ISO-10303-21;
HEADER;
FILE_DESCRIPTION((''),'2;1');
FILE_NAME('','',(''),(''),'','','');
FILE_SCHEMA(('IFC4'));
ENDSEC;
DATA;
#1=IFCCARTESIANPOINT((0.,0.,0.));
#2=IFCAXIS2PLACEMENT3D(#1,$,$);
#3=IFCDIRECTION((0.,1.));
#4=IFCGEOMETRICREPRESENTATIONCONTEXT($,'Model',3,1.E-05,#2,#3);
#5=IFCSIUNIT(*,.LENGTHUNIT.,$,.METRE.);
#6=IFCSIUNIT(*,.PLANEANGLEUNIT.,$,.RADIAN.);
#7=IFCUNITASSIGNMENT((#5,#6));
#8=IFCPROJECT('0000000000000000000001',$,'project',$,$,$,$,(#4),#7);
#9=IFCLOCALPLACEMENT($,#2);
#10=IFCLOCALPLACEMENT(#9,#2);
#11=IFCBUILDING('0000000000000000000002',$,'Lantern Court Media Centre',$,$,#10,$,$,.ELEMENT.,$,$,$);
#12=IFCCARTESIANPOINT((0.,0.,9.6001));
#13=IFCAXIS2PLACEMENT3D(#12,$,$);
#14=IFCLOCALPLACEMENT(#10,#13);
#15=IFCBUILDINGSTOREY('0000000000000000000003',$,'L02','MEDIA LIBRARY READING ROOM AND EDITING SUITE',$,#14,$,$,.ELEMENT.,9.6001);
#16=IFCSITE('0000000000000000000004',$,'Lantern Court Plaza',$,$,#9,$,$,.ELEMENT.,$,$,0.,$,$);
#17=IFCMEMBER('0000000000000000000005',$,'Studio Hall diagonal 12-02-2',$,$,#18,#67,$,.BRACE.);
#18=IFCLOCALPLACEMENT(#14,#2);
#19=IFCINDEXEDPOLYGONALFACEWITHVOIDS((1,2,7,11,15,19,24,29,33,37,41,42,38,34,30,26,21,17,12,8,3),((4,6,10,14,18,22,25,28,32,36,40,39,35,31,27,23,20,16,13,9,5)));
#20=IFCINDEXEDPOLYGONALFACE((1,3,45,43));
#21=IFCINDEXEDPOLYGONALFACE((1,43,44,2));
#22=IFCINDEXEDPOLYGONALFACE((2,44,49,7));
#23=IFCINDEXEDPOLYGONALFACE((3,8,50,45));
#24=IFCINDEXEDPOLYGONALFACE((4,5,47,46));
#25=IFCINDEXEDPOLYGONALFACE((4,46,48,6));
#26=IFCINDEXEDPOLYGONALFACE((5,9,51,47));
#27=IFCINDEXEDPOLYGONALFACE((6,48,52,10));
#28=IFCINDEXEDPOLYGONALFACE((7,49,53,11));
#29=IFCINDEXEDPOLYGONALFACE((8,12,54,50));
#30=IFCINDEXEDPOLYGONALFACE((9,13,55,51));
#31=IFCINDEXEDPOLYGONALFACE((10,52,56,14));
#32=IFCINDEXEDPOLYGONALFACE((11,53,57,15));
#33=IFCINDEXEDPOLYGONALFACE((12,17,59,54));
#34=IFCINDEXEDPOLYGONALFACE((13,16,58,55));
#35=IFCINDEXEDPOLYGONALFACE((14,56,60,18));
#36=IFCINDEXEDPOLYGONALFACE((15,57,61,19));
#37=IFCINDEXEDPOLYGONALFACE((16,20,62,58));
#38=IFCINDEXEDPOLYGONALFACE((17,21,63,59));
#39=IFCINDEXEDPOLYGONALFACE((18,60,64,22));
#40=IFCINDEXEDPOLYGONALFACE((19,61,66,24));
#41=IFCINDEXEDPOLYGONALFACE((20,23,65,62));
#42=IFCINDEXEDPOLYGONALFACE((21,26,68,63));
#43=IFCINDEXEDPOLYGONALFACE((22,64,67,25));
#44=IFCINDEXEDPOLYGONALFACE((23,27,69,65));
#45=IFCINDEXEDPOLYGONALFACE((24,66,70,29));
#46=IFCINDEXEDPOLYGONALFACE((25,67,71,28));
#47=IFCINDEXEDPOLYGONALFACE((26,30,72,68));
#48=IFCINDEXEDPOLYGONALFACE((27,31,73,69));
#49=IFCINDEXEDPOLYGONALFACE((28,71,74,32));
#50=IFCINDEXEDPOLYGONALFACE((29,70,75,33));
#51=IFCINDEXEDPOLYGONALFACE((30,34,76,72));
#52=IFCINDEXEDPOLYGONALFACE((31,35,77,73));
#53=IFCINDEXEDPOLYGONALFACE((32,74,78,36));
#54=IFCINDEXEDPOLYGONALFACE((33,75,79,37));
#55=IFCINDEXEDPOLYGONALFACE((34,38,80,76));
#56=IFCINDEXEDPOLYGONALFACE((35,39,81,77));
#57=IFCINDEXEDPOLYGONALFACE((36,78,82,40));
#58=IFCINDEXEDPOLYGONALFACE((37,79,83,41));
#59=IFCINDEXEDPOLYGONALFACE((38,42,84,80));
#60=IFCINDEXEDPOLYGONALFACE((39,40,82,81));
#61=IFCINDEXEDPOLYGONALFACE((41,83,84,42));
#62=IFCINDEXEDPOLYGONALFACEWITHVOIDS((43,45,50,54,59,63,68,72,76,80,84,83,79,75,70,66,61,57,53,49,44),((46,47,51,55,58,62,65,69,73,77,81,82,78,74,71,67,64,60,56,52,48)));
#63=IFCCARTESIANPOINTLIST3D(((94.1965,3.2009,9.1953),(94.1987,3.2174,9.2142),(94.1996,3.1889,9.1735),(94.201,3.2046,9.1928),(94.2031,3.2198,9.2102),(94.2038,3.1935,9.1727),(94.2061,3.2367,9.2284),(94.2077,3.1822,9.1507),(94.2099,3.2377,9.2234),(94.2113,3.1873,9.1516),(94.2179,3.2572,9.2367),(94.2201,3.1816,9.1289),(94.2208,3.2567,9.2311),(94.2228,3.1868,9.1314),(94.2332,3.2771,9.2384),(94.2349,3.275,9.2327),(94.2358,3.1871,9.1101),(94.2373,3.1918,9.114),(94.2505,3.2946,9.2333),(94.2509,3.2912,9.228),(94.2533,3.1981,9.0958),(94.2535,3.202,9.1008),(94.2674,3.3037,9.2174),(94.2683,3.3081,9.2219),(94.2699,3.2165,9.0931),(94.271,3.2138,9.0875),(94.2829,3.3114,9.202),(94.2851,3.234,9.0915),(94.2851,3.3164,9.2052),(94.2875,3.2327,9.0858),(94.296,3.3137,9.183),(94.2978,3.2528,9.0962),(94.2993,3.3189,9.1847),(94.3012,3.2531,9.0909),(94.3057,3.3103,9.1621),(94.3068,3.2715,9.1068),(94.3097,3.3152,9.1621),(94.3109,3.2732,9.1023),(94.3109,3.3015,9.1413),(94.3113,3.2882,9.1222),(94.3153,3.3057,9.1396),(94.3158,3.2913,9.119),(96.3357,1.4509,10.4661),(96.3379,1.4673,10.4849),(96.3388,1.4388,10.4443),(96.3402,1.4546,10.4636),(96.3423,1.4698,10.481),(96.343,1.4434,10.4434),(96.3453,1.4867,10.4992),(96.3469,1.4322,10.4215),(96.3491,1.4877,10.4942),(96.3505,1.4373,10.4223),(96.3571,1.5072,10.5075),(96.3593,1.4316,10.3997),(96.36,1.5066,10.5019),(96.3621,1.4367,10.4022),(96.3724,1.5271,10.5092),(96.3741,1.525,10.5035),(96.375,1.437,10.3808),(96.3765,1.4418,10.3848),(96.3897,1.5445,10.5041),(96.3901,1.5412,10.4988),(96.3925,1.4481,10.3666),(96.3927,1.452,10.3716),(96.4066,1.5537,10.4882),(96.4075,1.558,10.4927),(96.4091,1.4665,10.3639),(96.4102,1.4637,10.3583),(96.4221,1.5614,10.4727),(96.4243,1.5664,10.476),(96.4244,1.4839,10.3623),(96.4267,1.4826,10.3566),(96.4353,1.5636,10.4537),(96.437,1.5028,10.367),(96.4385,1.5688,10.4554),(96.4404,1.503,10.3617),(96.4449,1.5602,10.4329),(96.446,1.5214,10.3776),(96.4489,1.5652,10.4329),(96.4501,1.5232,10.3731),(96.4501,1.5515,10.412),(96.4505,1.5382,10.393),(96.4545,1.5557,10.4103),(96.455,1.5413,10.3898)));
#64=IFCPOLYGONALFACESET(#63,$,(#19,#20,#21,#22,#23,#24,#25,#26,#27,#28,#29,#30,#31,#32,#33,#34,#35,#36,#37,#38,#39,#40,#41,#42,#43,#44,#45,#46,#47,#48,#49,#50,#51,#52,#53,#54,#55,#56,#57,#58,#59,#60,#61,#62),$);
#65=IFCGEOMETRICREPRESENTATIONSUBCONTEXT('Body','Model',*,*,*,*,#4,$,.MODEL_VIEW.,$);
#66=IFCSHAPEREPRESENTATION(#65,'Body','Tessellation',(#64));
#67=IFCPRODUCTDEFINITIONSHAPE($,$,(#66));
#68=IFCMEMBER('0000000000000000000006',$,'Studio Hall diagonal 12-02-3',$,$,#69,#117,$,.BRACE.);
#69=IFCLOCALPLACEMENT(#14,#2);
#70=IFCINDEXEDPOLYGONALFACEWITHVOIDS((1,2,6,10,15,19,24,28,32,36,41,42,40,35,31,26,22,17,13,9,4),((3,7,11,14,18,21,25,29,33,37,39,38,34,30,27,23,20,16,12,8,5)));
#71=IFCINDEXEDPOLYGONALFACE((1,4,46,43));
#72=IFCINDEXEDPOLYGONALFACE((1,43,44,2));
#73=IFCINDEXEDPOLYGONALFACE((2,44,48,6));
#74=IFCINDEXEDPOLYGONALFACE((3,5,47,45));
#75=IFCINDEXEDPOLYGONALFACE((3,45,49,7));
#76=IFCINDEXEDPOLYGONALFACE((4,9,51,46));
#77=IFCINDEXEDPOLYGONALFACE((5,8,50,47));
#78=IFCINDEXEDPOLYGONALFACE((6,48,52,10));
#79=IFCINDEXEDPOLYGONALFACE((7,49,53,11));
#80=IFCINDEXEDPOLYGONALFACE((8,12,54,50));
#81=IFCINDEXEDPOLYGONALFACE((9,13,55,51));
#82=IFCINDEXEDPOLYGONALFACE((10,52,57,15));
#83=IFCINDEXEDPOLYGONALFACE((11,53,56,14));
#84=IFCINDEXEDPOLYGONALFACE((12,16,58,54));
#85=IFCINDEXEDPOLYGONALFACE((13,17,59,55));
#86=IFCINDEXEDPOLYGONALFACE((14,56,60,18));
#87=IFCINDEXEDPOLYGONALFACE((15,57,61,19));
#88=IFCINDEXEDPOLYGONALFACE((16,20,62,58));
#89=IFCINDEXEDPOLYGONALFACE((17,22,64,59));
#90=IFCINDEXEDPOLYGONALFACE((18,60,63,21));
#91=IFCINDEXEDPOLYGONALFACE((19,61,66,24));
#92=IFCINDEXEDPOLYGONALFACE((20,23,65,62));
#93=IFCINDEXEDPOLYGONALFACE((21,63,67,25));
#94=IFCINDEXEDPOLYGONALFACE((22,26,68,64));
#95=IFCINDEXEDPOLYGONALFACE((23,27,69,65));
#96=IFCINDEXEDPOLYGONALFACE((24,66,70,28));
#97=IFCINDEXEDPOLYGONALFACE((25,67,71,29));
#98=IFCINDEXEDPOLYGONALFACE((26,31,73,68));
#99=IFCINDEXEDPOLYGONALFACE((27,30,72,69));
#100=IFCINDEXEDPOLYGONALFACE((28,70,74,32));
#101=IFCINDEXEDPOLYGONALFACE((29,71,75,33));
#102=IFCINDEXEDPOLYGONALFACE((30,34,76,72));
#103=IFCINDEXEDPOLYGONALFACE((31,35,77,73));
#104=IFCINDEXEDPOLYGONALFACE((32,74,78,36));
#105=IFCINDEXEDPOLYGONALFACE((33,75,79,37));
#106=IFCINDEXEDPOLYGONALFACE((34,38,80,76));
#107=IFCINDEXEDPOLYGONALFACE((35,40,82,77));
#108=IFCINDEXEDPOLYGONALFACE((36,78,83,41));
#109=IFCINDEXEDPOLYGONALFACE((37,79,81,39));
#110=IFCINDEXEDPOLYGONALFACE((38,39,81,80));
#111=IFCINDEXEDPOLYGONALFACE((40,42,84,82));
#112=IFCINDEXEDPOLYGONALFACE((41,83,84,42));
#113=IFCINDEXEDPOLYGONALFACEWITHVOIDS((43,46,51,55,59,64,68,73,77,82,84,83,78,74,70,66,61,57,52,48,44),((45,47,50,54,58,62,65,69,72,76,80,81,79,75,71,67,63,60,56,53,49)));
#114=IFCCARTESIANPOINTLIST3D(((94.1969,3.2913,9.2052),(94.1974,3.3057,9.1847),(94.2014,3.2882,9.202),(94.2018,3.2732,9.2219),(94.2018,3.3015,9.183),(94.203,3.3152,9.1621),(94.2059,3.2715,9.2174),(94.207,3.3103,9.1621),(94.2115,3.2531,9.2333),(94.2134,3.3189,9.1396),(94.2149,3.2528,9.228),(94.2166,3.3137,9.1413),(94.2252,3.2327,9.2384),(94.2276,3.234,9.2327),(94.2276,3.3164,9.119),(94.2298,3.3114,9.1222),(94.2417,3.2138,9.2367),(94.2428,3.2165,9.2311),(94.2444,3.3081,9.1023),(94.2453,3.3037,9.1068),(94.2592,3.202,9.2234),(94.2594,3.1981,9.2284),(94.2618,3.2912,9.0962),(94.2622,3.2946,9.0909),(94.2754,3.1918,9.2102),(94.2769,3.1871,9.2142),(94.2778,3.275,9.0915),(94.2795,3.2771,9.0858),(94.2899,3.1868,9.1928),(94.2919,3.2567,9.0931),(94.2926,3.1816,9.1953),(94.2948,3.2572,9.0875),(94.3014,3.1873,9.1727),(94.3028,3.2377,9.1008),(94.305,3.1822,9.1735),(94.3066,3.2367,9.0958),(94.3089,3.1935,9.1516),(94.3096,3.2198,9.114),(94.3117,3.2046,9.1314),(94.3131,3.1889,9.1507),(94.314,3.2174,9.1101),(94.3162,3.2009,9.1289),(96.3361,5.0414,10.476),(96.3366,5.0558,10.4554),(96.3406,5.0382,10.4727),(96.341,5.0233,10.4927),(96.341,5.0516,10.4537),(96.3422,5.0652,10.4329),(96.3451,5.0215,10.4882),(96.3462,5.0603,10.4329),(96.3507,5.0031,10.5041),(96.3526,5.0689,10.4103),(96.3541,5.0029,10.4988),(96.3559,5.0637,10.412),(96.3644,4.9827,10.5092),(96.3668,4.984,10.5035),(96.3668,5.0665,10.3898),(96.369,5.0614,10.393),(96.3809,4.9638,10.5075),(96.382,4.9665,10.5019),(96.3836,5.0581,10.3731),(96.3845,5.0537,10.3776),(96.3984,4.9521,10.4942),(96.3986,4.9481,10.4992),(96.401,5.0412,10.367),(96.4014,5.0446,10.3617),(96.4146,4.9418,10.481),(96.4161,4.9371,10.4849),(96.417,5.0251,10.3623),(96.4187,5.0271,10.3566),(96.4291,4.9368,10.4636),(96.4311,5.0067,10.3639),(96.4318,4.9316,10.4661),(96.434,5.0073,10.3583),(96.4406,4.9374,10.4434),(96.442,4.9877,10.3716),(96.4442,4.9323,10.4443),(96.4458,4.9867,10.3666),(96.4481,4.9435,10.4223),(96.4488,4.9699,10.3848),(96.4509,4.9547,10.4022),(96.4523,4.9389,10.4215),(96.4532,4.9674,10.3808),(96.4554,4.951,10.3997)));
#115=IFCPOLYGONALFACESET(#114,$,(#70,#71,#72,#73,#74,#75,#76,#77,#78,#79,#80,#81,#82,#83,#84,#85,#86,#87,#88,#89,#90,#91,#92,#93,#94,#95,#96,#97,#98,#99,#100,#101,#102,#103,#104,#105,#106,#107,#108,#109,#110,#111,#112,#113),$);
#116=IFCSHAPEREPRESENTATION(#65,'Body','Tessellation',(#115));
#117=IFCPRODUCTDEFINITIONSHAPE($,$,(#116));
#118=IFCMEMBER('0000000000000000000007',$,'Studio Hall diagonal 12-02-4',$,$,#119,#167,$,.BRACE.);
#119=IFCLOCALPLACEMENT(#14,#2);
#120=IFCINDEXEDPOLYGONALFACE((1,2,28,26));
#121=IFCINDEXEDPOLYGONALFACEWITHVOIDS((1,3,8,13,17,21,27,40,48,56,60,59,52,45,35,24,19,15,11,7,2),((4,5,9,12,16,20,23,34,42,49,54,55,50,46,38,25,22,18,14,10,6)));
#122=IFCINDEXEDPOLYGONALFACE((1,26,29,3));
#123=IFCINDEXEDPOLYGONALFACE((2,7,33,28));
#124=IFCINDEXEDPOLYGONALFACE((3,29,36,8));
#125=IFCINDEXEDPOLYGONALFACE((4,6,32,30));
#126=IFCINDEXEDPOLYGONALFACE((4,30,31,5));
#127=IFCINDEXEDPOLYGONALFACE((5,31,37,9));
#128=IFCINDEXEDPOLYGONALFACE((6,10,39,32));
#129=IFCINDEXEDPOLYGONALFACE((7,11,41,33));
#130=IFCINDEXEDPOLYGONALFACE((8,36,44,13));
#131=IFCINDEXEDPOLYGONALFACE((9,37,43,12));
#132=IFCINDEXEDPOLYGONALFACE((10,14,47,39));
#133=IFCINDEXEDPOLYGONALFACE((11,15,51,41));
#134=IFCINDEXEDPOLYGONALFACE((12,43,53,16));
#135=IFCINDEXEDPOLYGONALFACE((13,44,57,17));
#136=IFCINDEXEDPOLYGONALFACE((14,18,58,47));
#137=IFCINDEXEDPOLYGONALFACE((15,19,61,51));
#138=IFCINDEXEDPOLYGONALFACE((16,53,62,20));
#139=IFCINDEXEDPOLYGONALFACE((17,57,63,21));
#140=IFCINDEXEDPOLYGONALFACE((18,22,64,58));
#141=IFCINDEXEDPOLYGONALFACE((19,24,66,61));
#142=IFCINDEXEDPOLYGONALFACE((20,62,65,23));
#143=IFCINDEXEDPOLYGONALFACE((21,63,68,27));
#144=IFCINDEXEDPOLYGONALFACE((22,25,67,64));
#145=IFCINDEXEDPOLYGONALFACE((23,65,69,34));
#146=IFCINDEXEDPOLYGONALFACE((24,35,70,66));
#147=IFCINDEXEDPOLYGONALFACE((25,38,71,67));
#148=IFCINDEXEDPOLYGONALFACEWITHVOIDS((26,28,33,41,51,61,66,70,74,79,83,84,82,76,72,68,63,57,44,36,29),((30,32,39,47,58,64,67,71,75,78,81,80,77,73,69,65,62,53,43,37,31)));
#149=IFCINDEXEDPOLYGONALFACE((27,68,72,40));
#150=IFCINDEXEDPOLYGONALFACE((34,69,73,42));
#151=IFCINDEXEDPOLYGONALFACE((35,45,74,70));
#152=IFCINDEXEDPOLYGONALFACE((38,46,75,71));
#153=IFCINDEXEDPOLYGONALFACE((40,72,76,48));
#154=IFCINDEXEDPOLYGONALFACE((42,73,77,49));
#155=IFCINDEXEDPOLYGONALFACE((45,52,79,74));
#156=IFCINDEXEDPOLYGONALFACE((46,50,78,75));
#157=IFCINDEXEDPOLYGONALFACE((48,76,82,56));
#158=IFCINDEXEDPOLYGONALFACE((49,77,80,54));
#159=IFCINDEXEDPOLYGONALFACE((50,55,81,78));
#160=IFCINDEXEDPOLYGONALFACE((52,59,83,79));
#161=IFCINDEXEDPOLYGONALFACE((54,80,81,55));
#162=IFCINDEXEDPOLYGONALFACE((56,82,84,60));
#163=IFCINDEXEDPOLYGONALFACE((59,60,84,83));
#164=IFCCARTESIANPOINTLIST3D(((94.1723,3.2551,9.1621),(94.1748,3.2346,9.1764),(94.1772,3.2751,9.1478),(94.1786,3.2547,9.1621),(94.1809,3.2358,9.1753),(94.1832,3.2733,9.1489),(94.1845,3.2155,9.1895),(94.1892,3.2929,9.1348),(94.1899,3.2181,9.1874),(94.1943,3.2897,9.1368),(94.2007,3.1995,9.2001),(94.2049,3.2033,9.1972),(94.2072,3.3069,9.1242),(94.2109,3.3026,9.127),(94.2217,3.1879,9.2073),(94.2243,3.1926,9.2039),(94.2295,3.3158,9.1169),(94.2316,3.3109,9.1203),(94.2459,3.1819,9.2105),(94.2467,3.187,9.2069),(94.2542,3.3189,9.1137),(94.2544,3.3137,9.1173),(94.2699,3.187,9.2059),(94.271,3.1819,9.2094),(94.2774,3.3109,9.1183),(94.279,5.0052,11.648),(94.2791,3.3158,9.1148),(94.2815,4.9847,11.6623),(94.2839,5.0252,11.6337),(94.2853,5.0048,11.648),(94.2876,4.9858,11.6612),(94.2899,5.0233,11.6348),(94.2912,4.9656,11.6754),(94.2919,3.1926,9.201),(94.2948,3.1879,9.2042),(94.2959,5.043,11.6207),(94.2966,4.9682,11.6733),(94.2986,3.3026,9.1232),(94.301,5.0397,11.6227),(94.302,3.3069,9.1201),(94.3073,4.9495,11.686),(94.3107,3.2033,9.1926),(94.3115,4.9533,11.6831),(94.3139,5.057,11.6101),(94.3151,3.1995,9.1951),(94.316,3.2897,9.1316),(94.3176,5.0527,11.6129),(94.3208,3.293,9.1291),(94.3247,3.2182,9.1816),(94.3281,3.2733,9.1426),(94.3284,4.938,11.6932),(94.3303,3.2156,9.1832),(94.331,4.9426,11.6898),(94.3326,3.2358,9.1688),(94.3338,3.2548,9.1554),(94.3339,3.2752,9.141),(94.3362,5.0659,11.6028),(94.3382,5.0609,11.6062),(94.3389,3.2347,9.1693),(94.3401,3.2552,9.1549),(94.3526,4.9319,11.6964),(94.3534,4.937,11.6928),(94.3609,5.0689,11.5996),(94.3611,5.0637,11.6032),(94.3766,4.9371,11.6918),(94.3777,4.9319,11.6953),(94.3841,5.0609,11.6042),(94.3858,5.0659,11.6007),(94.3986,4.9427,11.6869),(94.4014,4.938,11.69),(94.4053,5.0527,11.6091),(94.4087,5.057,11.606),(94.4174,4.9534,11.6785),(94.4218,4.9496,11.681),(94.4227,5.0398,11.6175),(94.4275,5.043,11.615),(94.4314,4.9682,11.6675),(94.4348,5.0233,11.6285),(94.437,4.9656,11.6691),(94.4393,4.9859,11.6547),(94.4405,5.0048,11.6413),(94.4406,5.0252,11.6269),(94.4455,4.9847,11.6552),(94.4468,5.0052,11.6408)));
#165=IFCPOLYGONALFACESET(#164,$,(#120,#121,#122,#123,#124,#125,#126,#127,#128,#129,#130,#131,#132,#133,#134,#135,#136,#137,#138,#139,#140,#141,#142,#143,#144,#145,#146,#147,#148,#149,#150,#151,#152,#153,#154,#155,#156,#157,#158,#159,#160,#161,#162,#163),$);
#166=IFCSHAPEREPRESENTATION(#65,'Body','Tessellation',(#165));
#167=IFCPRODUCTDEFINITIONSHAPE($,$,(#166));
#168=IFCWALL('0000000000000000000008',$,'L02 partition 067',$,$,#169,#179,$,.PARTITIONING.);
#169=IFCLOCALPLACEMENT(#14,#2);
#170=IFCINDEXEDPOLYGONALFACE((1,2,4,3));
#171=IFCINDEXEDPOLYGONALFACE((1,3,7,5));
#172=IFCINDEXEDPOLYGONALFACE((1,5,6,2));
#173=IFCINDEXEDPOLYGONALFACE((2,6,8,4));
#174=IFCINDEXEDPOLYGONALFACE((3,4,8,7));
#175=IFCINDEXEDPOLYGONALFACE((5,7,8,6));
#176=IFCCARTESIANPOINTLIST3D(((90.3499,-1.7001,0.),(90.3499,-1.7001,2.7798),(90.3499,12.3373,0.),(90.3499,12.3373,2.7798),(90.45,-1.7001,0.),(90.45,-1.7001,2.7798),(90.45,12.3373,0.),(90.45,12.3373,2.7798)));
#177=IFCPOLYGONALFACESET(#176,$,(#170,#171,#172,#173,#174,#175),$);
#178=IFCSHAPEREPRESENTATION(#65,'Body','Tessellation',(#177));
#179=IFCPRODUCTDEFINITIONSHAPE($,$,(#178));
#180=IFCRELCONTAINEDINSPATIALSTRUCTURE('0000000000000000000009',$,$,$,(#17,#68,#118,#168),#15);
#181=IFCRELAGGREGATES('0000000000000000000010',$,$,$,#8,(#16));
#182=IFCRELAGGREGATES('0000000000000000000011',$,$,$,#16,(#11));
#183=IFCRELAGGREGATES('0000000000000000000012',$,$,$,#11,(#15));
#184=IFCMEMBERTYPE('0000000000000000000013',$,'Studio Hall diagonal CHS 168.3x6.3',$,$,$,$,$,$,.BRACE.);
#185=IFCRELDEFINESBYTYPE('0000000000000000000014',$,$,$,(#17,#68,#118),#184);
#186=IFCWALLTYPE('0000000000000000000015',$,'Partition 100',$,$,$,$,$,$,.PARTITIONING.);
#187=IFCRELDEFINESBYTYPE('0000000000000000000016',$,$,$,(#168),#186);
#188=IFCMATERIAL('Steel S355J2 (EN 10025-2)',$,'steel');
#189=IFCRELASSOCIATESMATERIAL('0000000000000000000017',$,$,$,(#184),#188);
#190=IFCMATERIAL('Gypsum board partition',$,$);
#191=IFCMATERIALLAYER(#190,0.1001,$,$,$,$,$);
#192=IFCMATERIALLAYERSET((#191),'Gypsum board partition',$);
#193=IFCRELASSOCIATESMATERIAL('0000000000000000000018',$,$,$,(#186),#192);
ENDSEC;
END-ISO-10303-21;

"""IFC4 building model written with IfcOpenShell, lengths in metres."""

from ifc_helpers import new_model, si_unit, direction, frame, frame_2d, origin, origin_2d, place, context, subcontext, project, spatial, rectangle, hollow_circle, extrude, material, layer, layer_set, material_profile, profile_set, type_object, element, save


model = new_model("IFC4")

# Units and contexts
model_context = context("Model", 3, precision=1e-05, world=origin(), true_north=direction((0.0, 1.0)))
body_context = subcontext(model_context, "Body", "Model", "MODEL_VIEW")
ifc_project = project(units=[si_unit("LENGTHUNIT", "METRE"), si_unit("PLANEANGLEUNIT", "RADIAN")], contexts=[model_context])

# Site, building, storey
site_placement = place(None, origin())
site = spatial("IfcSite", under=ifc_project, at=site_placement, Name="Lantern Court Plaza", CompositionType="ELEMENT", RefElevation=0.0)
building_placement = place(site_placement, origin())
building = spatial("IfcBuilding", under=site, at=building_placement, Name="Lantern Court Media Centre", CompositionType="ELEMENT")
storey_placement = place(building_placement, frame((0.0, 0.0, 9.6001)))
storey = spatial("IfcBuildingStorey", under=building, at=storey_placement, Name="L02", Description="MEDIA LIBRARY READING ROOM AND EDITING SUITE", CompositionType="ELEMENT", Elevation=9.6001)

# Members
ifc_material_1 = material(Name="Steel S355J2 (EN 10025-2)", Category="steel")
ifc_material_profile_1 = material_profile(ifc_material_1, hollow_circle(Radius=0.0842, WallThickness=0.0063, at=origin_2d()), Name="Studio Hall diagonal CHS 168.3x6.3")
ifc_profile_set_1 = profile_set([ifc_material_profile_1], Name="Steel S355J2 (EN 10025-2)")
member_type_1 = type_object("IfcMemberType", Name="Studio Hall diagonal CHS 168.3x6.3", PredefinedType="BRACE", material=ifc_profile_set_1)
for number, where, z_axis, x_axis, name in (
    (1, (94.2563, 3.25, 9.1621), (0.703225, -0.575293, 0.417746), (0.63319, 0.773997, 0.0), "Studio Hall diagonal 12-02-2"),
    (2, (94.2563, 3.25, 9.1621), (0.703225, 0.575293, 0.417746), (-0.63319, 0.773997, 0.0), "Studio Hall diagonal 12-02-3"),
    (3, (94.2563, 3.25, 9.1621), (0.035073, 0.575294, 0.817194), (-0.998147, 0.060852, 0.0), "Studio Hall diagonal 12-02-4"),
):
    element("IfcMember", number, at=place(storey_placement, frame(where, z_axis=z_axis, x_axis=x_axis)), inside=storey, type_object=member_type_1, Name=name, PredefinedType="BRACE", context=body_context, shape_type="SweptSolid", body=[
        extrude(hollow_circle(Radius=0.0842, WallThickness=0.0063, at=origin_2d()), origin(), (0.0, 0.0, 1.0), 3.042),
    ])

# Wall
ifc_material_2 = material(Name="Gypsum board partition")
ifc_layer = layer(ifc_material_2, 0.1001)
ifc_layer_set = layer_set([ifc_layer], Name="Gypsum board partition")
wall_type = type_object("IfcWallType", Name="Partition 100", PredefinedType="PARTITIONING", material=ifc_layer_set)
wall_placement = place(storey_placement, frame((90.3999, -1.7, 0.0), z_axis=(0.0, 0.0, 1.0), x_axis=(0.0, 1.0, 0.0)))
element("IfcWall", 4, at=wall_placement, inside=storey, type_object=wall_type, Name="L02 partition 067", PredefinedType="PARTITIONING", context=body_context, shape_type="SweptSolid", body=[
    extrude(rectangle(XDim=14.0374, YDim=0.1001, at=frame_2d((7.0186, 0.0))), origin(), (0.0, 0.0, 1.0), 2.7798),
])

save(model, "model.ifc")
